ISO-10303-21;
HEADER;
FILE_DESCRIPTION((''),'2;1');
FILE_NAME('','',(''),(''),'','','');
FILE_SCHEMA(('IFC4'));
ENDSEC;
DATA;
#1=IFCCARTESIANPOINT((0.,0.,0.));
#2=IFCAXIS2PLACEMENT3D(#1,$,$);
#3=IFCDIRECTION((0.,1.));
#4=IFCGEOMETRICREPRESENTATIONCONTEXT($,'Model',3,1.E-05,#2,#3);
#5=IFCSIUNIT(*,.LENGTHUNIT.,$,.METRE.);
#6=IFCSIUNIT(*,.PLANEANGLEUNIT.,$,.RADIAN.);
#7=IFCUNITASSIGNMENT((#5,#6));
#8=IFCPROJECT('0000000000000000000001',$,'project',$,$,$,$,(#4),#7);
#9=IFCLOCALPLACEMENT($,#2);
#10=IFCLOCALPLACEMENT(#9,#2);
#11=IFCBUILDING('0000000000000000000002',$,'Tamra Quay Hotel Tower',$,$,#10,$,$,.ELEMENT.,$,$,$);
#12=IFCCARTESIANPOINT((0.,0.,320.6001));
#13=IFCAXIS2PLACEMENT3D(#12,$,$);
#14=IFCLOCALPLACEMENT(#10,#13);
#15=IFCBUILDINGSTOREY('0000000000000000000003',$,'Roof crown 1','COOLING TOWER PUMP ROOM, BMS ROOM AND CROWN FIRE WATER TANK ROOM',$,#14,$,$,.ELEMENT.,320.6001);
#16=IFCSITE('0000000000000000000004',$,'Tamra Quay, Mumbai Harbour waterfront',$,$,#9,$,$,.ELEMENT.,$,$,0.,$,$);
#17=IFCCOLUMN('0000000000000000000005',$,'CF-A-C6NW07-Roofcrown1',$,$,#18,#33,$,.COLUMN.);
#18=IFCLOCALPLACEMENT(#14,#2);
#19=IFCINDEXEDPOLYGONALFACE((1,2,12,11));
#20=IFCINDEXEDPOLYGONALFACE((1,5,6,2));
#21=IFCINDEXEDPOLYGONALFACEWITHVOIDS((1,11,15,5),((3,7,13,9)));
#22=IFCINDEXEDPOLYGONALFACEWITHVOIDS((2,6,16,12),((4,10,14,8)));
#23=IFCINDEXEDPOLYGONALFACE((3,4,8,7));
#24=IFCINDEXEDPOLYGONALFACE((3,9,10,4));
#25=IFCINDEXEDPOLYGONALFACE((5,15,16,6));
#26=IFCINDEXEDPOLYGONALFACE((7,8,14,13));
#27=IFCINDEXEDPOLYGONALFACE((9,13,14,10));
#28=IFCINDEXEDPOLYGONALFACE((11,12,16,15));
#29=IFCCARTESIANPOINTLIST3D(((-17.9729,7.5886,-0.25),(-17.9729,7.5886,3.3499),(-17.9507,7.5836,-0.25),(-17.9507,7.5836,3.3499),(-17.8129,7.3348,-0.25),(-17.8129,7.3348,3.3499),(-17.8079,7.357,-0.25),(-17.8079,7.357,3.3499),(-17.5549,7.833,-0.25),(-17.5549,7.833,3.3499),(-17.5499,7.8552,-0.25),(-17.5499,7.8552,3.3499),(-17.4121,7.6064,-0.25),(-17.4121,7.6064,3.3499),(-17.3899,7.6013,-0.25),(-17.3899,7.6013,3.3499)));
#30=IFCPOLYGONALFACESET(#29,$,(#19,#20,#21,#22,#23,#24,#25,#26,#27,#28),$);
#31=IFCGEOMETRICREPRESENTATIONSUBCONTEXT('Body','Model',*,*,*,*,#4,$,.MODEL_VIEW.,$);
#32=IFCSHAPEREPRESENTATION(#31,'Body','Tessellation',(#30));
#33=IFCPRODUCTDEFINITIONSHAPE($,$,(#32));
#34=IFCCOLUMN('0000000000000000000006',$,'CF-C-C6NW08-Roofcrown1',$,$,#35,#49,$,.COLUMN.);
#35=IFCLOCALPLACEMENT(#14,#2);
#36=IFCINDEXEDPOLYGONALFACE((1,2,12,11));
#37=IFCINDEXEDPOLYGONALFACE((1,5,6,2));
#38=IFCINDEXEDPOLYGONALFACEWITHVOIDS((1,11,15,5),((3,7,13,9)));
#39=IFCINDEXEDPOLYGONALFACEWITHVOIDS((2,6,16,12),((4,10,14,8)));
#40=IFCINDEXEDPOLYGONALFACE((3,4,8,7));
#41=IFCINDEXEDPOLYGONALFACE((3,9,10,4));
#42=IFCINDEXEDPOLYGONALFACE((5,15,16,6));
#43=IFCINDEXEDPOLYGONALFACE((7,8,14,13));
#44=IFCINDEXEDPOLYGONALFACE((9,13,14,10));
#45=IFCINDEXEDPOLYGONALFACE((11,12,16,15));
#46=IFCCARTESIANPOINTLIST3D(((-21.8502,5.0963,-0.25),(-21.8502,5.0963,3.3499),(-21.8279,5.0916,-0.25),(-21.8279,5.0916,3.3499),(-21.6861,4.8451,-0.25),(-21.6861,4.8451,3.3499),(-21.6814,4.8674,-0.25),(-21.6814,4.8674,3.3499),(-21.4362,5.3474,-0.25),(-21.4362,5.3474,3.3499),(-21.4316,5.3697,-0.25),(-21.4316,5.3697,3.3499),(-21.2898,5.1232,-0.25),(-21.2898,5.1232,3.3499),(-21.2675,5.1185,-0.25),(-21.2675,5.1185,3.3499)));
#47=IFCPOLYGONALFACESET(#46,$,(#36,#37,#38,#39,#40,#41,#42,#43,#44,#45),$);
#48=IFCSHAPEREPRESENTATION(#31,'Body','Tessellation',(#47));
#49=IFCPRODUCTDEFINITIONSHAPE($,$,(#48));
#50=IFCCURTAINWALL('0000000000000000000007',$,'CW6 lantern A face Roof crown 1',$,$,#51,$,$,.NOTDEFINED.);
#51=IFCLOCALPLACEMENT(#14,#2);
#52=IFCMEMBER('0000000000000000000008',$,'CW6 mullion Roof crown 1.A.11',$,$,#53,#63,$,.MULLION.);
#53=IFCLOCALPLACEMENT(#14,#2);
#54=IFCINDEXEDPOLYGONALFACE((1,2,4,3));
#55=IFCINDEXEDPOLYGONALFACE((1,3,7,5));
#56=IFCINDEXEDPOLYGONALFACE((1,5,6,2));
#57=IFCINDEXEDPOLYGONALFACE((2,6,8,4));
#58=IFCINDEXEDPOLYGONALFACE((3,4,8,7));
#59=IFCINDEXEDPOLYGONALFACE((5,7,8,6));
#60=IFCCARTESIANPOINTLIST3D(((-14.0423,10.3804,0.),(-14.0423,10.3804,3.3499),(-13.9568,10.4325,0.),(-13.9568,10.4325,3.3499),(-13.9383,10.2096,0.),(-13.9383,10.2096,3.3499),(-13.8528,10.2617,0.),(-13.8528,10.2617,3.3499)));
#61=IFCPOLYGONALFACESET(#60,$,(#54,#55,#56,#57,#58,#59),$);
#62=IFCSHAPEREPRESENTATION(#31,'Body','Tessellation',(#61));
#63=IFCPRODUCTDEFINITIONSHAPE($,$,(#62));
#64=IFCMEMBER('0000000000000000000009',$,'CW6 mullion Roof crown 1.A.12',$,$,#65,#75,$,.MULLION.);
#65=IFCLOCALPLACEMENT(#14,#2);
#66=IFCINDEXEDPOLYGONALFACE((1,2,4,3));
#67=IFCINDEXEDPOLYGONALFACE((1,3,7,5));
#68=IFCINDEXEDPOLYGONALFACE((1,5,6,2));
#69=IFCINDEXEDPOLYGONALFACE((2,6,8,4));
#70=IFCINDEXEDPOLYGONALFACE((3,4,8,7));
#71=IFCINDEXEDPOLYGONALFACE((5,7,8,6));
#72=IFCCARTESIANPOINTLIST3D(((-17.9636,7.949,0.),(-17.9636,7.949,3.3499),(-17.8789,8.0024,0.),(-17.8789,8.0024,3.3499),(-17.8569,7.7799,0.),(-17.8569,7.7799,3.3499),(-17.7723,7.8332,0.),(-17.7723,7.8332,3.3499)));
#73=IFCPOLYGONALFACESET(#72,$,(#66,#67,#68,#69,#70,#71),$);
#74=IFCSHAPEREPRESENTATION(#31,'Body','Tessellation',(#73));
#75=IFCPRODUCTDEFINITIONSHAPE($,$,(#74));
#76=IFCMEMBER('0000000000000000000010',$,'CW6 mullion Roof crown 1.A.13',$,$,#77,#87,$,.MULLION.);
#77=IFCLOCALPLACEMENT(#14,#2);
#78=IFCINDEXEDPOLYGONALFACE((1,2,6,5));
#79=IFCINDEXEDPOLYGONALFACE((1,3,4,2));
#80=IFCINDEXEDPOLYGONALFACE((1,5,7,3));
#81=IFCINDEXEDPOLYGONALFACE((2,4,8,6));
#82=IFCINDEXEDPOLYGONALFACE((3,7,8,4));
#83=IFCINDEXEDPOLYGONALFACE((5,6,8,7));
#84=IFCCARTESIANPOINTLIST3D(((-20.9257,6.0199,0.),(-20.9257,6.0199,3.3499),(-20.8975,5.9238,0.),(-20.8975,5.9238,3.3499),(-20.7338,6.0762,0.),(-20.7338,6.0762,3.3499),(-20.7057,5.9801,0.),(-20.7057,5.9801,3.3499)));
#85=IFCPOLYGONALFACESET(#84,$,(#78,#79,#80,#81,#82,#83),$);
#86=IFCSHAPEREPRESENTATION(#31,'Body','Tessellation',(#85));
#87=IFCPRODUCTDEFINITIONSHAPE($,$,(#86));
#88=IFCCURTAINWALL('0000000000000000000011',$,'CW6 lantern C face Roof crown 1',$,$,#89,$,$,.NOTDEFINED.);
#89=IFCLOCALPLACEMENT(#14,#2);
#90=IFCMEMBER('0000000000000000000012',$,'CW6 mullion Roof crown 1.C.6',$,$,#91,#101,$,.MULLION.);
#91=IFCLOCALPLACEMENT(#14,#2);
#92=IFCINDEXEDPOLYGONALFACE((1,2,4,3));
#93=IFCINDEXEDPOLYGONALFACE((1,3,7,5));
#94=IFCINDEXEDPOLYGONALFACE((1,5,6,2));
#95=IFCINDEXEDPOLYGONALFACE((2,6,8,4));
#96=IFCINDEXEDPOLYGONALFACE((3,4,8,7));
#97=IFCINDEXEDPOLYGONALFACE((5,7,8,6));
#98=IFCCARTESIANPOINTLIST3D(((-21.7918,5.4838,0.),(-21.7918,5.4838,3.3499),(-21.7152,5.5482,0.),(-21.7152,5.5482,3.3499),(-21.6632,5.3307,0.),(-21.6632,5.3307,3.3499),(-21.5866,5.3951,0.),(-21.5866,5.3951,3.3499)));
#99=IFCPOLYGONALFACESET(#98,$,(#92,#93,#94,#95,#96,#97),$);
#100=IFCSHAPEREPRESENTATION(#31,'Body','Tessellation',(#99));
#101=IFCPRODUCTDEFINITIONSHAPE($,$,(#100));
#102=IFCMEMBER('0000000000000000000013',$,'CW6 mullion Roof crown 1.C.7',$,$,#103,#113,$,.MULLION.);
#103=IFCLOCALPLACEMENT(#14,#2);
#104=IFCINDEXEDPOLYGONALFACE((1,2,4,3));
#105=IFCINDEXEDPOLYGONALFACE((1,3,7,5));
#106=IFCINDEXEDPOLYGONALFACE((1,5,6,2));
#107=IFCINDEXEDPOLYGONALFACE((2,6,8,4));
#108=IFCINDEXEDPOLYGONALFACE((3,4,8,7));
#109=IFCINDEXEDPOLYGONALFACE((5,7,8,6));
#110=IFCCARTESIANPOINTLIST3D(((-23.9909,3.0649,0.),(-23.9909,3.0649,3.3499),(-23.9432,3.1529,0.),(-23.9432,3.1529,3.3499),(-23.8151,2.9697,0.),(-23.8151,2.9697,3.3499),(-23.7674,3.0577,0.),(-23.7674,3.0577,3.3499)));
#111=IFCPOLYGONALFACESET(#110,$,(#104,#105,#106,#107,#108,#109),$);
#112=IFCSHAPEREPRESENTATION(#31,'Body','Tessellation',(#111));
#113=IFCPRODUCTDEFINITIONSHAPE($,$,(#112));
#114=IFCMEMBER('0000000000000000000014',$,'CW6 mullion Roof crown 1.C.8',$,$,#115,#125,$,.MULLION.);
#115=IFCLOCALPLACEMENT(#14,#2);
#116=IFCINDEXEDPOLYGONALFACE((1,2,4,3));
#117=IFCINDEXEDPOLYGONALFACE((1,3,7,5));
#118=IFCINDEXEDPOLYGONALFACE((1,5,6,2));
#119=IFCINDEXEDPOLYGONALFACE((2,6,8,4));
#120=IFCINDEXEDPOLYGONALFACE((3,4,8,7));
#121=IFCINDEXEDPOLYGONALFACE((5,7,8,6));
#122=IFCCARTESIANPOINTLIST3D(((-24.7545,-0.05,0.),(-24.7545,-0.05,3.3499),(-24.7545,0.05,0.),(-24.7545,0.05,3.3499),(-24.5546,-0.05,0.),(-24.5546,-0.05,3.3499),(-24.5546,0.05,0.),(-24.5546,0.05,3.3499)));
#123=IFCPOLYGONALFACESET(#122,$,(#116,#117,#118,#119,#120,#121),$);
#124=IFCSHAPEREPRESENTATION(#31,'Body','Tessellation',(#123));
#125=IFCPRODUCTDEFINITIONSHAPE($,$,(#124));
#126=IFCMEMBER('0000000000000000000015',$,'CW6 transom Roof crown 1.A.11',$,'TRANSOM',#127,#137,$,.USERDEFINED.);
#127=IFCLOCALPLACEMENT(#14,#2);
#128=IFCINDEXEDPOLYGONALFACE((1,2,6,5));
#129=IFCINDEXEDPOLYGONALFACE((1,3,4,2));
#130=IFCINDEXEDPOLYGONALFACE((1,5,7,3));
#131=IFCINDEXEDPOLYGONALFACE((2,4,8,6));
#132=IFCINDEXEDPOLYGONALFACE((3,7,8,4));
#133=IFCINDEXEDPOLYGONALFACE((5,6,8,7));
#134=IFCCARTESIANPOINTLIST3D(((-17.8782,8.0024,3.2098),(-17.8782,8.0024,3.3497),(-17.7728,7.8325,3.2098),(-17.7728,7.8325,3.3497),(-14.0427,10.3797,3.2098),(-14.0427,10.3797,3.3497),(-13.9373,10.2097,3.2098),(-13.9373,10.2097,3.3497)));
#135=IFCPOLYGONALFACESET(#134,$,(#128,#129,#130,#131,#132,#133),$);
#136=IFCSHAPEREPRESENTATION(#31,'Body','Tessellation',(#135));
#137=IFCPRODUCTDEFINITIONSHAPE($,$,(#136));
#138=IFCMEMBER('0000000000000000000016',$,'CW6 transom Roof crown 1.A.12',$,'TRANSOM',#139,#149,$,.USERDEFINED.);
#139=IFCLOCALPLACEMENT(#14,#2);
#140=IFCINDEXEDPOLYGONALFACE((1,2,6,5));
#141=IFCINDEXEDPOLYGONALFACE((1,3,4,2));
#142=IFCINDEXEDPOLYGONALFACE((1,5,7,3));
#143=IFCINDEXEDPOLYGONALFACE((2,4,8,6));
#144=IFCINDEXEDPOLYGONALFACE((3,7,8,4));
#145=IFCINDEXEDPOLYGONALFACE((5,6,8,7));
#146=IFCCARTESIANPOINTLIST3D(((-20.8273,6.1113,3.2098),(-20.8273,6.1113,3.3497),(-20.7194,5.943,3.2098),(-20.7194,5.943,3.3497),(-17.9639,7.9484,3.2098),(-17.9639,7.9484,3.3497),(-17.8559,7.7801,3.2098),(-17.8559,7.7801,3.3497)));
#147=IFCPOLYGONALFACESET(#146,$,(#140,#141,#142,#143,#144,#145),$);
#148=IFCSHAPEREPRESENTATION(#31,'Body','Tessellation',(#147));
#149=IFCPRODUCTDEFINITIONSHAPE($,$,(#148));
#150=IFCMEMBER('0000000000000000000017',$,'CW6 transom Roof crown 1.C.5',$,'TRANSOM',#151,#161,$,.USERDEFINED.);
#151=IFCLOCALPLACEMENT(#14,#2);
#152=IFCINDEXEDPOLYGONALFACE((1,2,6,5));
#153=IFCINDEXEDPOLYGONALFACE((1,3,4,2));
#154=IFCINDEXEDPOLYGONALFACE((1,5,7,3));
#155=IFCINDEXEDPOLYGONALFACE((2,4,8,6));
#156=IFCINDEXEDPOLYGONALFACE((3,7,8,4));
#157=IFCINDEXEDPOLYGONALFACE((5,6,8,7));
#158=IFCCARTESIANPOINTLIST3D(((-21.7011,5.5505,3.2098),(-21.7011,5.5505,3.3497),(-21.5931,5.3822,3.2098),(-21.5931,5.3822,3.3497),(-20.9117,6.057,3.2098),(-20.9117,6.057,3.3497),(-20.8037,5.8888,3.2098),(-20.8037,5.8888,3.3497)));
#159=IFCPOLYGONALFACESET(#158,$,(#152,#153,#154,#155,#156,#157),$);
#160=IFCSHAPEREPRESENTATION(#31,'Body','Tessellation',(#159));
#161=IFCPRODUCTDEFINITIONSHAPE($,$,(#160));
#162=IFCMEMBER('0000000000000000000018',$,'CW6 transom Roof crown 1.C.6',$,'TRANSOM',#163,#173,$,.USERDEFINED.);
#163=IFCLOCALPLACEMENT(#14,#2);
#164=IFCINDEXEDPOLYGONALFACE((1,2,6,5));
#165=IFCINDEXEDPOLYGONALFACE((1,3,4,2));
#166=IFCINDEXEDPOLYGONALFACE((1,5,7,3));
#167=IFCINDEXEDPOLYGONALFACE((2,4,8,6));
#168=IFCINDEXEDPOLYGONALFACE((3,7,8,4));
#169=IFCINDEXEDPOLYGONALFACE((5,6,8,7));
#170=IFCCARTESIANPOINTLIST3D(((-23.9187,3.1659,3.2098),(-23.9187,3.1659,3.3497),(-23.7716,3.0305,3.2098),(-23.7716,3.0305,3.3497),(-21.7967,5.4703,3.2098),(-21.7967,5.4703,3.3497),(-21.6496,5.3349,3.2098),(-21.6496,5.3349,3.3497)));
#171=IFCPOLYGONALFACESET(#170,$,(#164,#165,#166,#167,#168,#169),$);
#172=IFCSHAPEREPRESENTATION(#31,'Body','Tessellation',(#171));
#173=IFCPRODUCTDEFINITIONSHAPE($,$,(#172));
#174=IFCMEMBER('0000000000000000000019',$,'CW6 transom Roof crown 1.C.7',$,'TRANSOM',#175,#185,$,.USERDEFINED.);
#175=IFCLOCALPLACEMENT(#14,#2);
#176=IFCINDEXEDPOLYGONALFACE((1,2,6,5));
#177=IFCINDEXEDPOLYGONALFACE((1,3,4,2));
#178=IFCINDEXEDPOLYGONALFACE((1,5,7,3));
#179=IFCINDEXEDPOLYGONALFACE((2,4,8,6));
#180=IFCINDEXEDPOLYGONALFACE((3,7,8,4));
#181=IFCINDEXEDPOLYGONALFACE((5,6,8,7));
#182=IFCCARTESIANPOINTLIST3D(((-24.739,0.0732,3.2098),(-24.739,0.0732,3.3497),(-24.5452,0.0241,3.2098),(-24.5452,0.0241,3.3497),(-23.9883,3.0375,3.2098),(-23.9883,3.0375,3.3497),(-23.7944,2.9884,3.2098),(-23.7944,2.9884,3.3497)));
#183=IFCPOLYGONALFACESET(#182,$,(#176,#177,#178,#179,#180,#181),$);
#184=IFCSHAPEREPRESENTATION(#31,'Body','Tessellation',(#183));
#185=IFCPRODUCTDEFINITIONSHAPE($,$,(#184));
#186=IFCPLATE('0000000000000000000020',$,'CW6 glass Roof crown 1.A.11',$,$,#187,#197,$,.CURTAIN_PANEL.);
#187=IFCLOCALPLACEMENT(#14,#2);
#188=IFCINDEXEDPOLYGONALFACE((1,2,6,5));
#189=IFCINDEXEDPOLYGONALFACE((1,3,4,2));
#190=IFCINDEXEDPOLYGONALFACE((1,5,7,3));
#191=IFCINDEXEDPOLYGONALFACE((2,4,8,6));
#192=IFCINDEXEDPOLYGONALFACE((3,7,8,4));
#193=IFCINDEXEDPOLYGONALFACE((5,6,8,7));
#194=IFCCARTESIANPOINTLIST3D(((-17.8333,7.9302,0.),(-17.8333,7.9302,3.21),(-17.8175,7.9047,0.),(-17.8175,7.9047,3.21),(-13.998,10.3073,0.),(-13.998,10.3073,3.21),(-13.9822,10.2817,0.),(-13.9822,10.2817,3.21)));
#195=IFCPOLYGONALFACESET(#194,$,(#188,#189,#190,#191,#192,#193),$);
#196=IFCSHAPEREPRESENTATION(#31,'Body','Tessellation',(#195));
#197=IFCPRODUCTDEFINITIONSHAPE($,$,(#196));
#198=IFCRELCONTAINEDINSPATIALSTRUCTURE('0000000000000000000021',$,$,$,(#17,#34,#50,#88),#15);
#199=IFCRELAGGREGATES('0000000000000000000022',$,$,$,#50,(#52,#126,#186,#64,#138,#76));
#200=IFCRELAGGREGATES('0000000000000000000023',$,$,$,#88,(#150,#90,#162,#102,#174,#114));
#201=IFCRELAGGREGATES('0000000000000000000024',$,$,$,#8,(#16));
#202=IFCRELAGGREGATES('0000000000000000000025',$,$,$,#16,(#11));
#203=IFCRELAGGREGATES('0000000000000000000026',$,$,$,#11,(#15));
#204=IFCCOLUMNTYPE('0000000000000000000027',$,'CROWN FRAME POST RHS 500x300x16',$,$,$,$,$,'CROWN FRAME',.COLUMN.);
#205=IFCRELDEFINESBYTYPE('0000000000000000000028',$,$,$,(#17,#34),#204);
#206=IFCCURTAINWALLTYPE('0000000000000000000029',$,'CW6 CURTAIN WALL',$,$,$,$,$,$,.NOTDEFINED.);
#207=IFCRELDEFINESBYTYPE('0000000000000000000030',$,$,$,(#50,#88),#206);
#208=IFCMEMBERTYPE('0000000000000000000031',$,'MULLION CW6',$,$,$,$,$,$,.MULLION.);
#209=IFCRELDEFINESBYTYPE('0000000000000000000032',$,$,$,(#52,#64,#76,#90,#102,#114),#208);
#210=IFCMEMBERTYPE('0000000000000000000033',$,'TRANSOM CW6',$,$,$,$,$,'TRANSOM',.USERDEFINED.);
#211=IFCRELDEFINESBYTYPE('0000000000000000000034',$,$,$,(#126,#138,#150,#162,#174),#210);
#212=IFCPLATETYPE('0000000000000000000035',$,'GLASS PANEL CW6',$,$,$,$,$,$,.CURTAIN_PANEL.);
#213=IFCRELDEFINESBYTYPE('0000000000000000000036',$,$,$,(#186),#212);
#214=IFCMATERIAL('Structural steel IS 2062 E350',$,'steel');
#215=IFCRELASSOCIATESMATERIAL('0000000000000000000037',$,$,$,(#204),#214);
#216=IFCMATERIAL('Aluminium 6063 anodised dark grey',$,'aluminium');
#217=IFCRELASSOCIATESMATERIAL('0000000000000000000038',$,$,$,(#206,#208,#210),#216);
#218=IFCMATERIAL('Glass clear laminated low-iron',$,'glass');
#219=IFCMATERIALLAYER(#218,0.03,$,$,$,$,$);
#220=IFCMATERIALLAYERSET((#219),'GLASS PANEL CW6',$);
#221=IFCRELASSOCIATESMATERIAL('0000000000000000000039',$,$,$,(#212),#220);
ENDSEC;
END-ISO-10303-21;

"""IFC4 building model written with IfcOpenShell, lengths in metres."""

from ifc_helpers import new_model, si_unit, direction, frame, origin, origin_2d, place, context, subcontext, project, spatial, rectangle, hollow_rectangle, extrude, material, layer, layer_set, material_profile, profile_set, type_object, element, aggregate, save


model = new_model("IFC4")

# Units and contexts
model_context = context("Model", 3, precision=1e-05, world=origin(), true_north=direction((0.0, 1.0)))
body_context = subcontext(model_context, "Body", "Model", "MODEL_VIEW")
ifc_project = project(units=[si_unit("LENGTHUNIT", "METRE"), si_unit("PLANEANGLEUNIT", "RADIAN")], contexts=[model_context])

# Site, building, storey
site_placement = place(None, origin())
site = spatial("IfcSite", under=ifc_project, at=site_placement, Name="Tamra Quay, Mumbai Harbour waterfront", CompositionType="ELEMENT", RefElevation=0.0)
building_placement = place(site_placement, origin())
building = spatial("IfcBuilding", under=site, at=building_placement, Name="Tamra Quay Hotel Tower", CompositionType="ELEMENT")
storey_placement = place(building_placement, frame((0.0, 0.0, 320.6001)))
storey = spatial("IfcBuildingStorey", under=building, at=storey_placement, Name="Roof crown 1", Description="COOLING TOWER PUMP ROOM, BMS ROOM AND CROWN FIRE WATER TANK ROOM", CompositionType="ELEMENT", Elevation=320.6001)

# Columns
ifc_material_1 = material(Name="Structural steel IS 2062 E350", Category="steel")
ifc_material_profile_1 = material_profile(ifc_material_1, hollow_rectangle(XDim=0.3, YDim=0.5, WallThickness=0.0161, at=origin_2d()), Name="RHS 500x300x16")
ifc_profile_set_1 = profile_set([ifc_material_profile_1], Name="Structural steel IS 2062 E350")
column_type = type_object("IfcColumnType", Name="CROWN FRAME POST RHS 500x300x16", ElementType="CROWN FRAME", PredefinedType="COLUMN", material=ifc_profile_set_1)
for number, where, z_axis, x_axis, name in (
    (1, (-17.6814, 7.595, -0.25), (0.0, 0.0, 1.0), (-0.533133, 0.846031, 0.0), "CF-A-C6NW07-Roofcrown1"),
    (2, (-21.5588, 5.1074, -0.25), (0.0, 0.0, 1.0), (-0.546805, 0.83726, 0.0), "CF-C-C6NW08-Roofcrown1"),
):
    element("IfcColumn", number, at=place(storey_placement, frame(where, z_axis=z_axis, x_axis=x_axis)), inside=storey, type_object=column_type, Name=name, PredefinedType="COLUMN", context=body_context, shape_type="SweptSolid", body=[
        extrude(hollow_rectangle(XDim=0.3, YDim=0.5, WallThickness=0.0161, at=origin_2d()), origin(), (0.0, 0.0, 1.0), 3.5999),
    ])

# Curtain walls, members
ifc_material_2 = material(Name="Aluminium 6063 anodised dark grey", Category="aluminium")
curtain_wall_type = type_object("IfcCurtainWallType", Name="CW6 CURTAIN WALL", PredefinedType="NOTDEFINED", material=ifc_material_2)
curtain_wall_1_placement = place(storey_placement, origin())
curtain_wall_1 = element("IfcCurtainWall", 3, at=curtain_wall_1_placement, inside=storey, type_object=curtain_wall_type, Name="CW6 lantern A face Roof crown 1", PredefinedType="NOTDEFINED")
ifc_material_profile_2 = material_profile(ifc_material_2, rectangle(XDim=0.2, YDim=0.1001, at=origin_2d()), Name="MULLION 100X200")
ifc_profile_set_2 = profile_set([ifc_material_profile_2], Name="Aluminium 6063 anodised dark grey")
member_type_1 = type_object("IfcMemberType", Name="MULLION CW6", PredefinedType="MULLION", material=ifc_profile_set_2)
member_1_placement = place(storey_placement, frame((-13.9475, 10.321, 0.0), z_axis=(0.0, 0.0, 1.0), x_axis=(-0.52016, 0.854069, 0.0)))
member_1 = element("IfcMember", 4, at=member_1_placement, type_object=member_type_1, Name="CW6 mullion Roof crown 1.A.11", PredefinedType="MULLION", context=body_context, shape_type="SweptSolid", body=[
    extrude(rectangle(XDim=0.2, YDim=0.1001, at=origin_2d()), origin(), (0.0, 0.0, 1.0), 3.3499),
])
member_2_placement = place(storey_placement, frame((-17.8679, 7.8911, 0.0), z_axis=(0.0, 0.0, 1.0), x_axis=(-0.533422, 0.845849, 0.0)))
member_2 = element("IfcMember", 5, at=member_2_placement, type_object=member_type_1, Name="CW6 mullion Roof crown 1.A.12", PredefinedType="MULLION", context=body_context, shape_type="SweptSolid", body=[
    extrude(rectangle(XDim=0.2, YDim=0.1001, at=origin_2d()), origin(), (0.0, 0.0, 1.0), 3.3499),
])
member_3_placement = place(storey_placement, frame((-20.8157, 6.0, 0.0), z_axis=(0.0, 0.0, 1.0), x_axis=(-0.9596, -0.281367, 0.0)))
member_3 = element("IfcMember", 6, at=member_3_placement, type_object=member_type_1, Name="CW6 mullion Roof crown 1.A.13", PredefinedType="MULLION", context=body_context, shape_type="SweptSolid", body=[
    extrude(rectangle(XDim=0.2, YDim=0.1001, at=origin_2d()), origin(), (0.0, 0.0, 1.0), 3.3499),
])
curtain_wall_2_placement = place(storey_placement, origin())
curtain_wall_2 = element("IfcCurtainWall", 7, at=curtain_wall_2_placement, inside=storey, type_object=curtain_wall_type, Name="CW6 lantern C face Roof crown 1", PredefinedType="NOTDEFINED")
member_4_placement = place(storey_placement, frame((-21.6892, 5.4395, 0.0), z_axis=(0.0, 0.0, 1.0), x_axis=(-0.643086, 0.765794, 0.0)))
member_4 = element("IfcMember", 8, at=member_4_placement, type_object=member_type_1, Name="CW6 mullion Roof crown 1.C.6", PredefinedType="MULLION", context=body_context, shape_type="SweptSolid", body=[
    extrude(rectangle(XDim=0.2, YDim=0.1001, at=origin_2d()), origin(), (0.0, 0.0, 1.0), 3.3499),
])
member_5_placement = place(storey_placement, frame((-23.8792, 3.0613, 0.0), z_axis=(0.0, 0.0, 1.0), x_axis=(-0.879433, 0.476023, 0.0)))
member_5 = element("IfcMember", 9, at=member_5_placement, type_object=member_type_1, Name="CW6 mullion Roof crown 1.C.7", PredefinedType="MULLION", context=body_context, shape_type="SweptSolid", body=[
    extrude(rectangle(XDim=0.2, YDim=0.1001, at=origin_2d()), origin(), (0.0, 0.0, 1.0), 3.3499),
])
member_6_placement = place(storey_placement, frame((-24.6545, 0.0, 0.0), z_axis=(0.0, 0.0, 1.0), x_axis=(-1.0, 0.0, 0.0)))
member_6 = element("IfcMember", 10, at=member_6_placement, type_object=member_type_1, Name="CW6 mullion Roof crown 1.C.8", PredefinedType="MULLION", context=body_context, shape_type="SweptSolid", body=[
    extrude(rectangle(XDim=0.2, YDim=0.1001, at=origin_2d()), origin(), (0.0, 0.0, 1.0), 3.3499),
])

# Members
ifc_material_profile_3 = material_profile(ifc_material_2, rectangle(XDim=0.2, YDim=0.1399, at=origin_2d()), Name="TRANSOM 200X140")
ifc_profile_set_3 = profile_set([ifc_material_profile_3], Name="Aluminium 6063 anodised dark grey")
member_type_2 = type_object("IfcMemberType", Name="TRANSOM CW6", ElementType="TRANSOM", PredefinedType="USERDEFINED", material=ifc_profile_set_3)
member_7_placement = place(storey_placement, frame((-13.99, 10.2947, 3.2798), z_axis=(-0.84998, -0.526815, 0.0), x_axis=(0.526815, -0.84998, 0.0)))
member_7 = element("IfcMember", 11, at=member_7_placement, type_object=member_type_2, Name="CW6 transom Roof crown 1.A.11", ObjectType="TRANSOM", PredefinedType="USERDEFINED", context=body_context, shape_type="SweptSolid", body=[
    extrude(rectangle(XDim=0.2, YDim=0.1399, at=origin_2d()), origin(), (0.0, 0.0, 1.0), 4.5125),
])
member_8_placement = place(storey_placement, frame((-17.9099, 7.8643, 3.2798), z_axis=(-0.84167, -0.539992, 0.0), x_axis=(0.539992, -0.84167, 0.0)))
member_8 = element("IfcMember", 12, at=member_8_placement, type_object=member_type_2, Name="CW6 transom Roof crown 1.A.12", ObjectType="TRANSOM", PredefinedType="USERDEFINED", context=body_context, shape_type="SweptSolid", body=[
    extrude(rectangle(XDim=0.2, YDim=0.1399, at=origin_2d()), origin(), (0.0, 0.0, 1.0), 3.4021),
])
member_9_placement = place(storey_placement, frame((-20.8577, 5.9729, 3.2798), z_axis=(-0.841652, -0.540021, 0.0), x_axis=(0.540021, -0.841652, 0.0)))
member_9 = element("IfcMember", 13, at=member_9_placement, type_object=member_type_2, Name="CW6 transom Roof crown 1.C.5", ObjectType="TRANSOM", PredefinedType="USERDEFINED", context=body_context, shape_type="SweptSolid", body=[
    extrude(rectangle(XDim=0.2, YDim=0.1399, at=origin_2d()), origin(), (0.0, 0.0, 1.0), 0.938),
])
member_10_placement = place(storey_placement, frame((-21.7231, 5.4026, 3.2798), z_axis=(-0.677399, -0.735616, 0.0), x_axis=(0.735616, -0.677399, 0.0)))
member_10 = element("IfcMember", 14, at=member_10_placement, type_object=member_type_2, Name="CW6 transom Roof crown 1.C.6", ObjectType="TRANSOM", PredefinedType="USERDEFINED", context=body_context, shape_type="SweptSolid", body=[
    extrude(rectangle(XDim=0.2, YDim=0.1399, at=origin_2d()), origin(), (0.0, 0.0, 1.0), 3.1326),
])
member_11_placement = place(storey_placement, frame((-23.8914, 3.0129, 3.2798), z_axis=(-0.245503, -0.969396, 0.0), x_axis=(0.969396, -0.245503, 0.0)))
member_11 = element("IfcMember", 15, at=member_11_placement, type_object=member_type_2, Name="CW6 transom Roof crown 1.C.7", ObjectType="TRANSOM", PredefinedType="USERDEFINED", context=body_context, shape_type="SweptSolid", body=[
    extrude(rectangle(XDim=0.2, YDim=0.1399, at=origin_2d()), origin(), (0.0, 0.0, 1.0), 3.0579),
])

# Plate
ifc_material_3 = material(Name="Glass clear laminated low-iron", Category="glass")
ifc_layer_1 = layer(ifc_material_3, 0.03)
ifc_layer_set_1 = layer_set([ifc_layer_1], Name="GLASS PANEL CW6")
plate_type = type_object("IfcPlateType", Name="GLASS PANEL CW6", PredefinedType="CURTAIN_PANEL", material=ifc_layer_set_1)
plate_1_placement = place(storey_placement, frame((-15.9077, 9.106, 0.0), z_axis=(0.0, 0.0, 1.0), x_axis=(-0.849982, -0.526812, 0.0)))
plate_1 = element("IfcPlate", 16, at=plate_1_placement, type_object=plate_type, Name="CW6 glass Roof crown 1.A.11", PredefinedType="CURTAIN_PANEL", context=body_context, shape_type="SweptSolid", body=[
    extrude(rectangle(XDim=4.5122, YDim=0.03, at=origin_2d()), origin(), (0.0, 0.0, 1.0), 3.21),
])
aggregate(curtain_wall_1, [member_1, member_7, plate_1, member_2, member_8, member_3])
aggregate(curtain_wall_2, [member_9, member_4, member_10, member_5, member_11, member_6])

save(model, "model.ifc")
